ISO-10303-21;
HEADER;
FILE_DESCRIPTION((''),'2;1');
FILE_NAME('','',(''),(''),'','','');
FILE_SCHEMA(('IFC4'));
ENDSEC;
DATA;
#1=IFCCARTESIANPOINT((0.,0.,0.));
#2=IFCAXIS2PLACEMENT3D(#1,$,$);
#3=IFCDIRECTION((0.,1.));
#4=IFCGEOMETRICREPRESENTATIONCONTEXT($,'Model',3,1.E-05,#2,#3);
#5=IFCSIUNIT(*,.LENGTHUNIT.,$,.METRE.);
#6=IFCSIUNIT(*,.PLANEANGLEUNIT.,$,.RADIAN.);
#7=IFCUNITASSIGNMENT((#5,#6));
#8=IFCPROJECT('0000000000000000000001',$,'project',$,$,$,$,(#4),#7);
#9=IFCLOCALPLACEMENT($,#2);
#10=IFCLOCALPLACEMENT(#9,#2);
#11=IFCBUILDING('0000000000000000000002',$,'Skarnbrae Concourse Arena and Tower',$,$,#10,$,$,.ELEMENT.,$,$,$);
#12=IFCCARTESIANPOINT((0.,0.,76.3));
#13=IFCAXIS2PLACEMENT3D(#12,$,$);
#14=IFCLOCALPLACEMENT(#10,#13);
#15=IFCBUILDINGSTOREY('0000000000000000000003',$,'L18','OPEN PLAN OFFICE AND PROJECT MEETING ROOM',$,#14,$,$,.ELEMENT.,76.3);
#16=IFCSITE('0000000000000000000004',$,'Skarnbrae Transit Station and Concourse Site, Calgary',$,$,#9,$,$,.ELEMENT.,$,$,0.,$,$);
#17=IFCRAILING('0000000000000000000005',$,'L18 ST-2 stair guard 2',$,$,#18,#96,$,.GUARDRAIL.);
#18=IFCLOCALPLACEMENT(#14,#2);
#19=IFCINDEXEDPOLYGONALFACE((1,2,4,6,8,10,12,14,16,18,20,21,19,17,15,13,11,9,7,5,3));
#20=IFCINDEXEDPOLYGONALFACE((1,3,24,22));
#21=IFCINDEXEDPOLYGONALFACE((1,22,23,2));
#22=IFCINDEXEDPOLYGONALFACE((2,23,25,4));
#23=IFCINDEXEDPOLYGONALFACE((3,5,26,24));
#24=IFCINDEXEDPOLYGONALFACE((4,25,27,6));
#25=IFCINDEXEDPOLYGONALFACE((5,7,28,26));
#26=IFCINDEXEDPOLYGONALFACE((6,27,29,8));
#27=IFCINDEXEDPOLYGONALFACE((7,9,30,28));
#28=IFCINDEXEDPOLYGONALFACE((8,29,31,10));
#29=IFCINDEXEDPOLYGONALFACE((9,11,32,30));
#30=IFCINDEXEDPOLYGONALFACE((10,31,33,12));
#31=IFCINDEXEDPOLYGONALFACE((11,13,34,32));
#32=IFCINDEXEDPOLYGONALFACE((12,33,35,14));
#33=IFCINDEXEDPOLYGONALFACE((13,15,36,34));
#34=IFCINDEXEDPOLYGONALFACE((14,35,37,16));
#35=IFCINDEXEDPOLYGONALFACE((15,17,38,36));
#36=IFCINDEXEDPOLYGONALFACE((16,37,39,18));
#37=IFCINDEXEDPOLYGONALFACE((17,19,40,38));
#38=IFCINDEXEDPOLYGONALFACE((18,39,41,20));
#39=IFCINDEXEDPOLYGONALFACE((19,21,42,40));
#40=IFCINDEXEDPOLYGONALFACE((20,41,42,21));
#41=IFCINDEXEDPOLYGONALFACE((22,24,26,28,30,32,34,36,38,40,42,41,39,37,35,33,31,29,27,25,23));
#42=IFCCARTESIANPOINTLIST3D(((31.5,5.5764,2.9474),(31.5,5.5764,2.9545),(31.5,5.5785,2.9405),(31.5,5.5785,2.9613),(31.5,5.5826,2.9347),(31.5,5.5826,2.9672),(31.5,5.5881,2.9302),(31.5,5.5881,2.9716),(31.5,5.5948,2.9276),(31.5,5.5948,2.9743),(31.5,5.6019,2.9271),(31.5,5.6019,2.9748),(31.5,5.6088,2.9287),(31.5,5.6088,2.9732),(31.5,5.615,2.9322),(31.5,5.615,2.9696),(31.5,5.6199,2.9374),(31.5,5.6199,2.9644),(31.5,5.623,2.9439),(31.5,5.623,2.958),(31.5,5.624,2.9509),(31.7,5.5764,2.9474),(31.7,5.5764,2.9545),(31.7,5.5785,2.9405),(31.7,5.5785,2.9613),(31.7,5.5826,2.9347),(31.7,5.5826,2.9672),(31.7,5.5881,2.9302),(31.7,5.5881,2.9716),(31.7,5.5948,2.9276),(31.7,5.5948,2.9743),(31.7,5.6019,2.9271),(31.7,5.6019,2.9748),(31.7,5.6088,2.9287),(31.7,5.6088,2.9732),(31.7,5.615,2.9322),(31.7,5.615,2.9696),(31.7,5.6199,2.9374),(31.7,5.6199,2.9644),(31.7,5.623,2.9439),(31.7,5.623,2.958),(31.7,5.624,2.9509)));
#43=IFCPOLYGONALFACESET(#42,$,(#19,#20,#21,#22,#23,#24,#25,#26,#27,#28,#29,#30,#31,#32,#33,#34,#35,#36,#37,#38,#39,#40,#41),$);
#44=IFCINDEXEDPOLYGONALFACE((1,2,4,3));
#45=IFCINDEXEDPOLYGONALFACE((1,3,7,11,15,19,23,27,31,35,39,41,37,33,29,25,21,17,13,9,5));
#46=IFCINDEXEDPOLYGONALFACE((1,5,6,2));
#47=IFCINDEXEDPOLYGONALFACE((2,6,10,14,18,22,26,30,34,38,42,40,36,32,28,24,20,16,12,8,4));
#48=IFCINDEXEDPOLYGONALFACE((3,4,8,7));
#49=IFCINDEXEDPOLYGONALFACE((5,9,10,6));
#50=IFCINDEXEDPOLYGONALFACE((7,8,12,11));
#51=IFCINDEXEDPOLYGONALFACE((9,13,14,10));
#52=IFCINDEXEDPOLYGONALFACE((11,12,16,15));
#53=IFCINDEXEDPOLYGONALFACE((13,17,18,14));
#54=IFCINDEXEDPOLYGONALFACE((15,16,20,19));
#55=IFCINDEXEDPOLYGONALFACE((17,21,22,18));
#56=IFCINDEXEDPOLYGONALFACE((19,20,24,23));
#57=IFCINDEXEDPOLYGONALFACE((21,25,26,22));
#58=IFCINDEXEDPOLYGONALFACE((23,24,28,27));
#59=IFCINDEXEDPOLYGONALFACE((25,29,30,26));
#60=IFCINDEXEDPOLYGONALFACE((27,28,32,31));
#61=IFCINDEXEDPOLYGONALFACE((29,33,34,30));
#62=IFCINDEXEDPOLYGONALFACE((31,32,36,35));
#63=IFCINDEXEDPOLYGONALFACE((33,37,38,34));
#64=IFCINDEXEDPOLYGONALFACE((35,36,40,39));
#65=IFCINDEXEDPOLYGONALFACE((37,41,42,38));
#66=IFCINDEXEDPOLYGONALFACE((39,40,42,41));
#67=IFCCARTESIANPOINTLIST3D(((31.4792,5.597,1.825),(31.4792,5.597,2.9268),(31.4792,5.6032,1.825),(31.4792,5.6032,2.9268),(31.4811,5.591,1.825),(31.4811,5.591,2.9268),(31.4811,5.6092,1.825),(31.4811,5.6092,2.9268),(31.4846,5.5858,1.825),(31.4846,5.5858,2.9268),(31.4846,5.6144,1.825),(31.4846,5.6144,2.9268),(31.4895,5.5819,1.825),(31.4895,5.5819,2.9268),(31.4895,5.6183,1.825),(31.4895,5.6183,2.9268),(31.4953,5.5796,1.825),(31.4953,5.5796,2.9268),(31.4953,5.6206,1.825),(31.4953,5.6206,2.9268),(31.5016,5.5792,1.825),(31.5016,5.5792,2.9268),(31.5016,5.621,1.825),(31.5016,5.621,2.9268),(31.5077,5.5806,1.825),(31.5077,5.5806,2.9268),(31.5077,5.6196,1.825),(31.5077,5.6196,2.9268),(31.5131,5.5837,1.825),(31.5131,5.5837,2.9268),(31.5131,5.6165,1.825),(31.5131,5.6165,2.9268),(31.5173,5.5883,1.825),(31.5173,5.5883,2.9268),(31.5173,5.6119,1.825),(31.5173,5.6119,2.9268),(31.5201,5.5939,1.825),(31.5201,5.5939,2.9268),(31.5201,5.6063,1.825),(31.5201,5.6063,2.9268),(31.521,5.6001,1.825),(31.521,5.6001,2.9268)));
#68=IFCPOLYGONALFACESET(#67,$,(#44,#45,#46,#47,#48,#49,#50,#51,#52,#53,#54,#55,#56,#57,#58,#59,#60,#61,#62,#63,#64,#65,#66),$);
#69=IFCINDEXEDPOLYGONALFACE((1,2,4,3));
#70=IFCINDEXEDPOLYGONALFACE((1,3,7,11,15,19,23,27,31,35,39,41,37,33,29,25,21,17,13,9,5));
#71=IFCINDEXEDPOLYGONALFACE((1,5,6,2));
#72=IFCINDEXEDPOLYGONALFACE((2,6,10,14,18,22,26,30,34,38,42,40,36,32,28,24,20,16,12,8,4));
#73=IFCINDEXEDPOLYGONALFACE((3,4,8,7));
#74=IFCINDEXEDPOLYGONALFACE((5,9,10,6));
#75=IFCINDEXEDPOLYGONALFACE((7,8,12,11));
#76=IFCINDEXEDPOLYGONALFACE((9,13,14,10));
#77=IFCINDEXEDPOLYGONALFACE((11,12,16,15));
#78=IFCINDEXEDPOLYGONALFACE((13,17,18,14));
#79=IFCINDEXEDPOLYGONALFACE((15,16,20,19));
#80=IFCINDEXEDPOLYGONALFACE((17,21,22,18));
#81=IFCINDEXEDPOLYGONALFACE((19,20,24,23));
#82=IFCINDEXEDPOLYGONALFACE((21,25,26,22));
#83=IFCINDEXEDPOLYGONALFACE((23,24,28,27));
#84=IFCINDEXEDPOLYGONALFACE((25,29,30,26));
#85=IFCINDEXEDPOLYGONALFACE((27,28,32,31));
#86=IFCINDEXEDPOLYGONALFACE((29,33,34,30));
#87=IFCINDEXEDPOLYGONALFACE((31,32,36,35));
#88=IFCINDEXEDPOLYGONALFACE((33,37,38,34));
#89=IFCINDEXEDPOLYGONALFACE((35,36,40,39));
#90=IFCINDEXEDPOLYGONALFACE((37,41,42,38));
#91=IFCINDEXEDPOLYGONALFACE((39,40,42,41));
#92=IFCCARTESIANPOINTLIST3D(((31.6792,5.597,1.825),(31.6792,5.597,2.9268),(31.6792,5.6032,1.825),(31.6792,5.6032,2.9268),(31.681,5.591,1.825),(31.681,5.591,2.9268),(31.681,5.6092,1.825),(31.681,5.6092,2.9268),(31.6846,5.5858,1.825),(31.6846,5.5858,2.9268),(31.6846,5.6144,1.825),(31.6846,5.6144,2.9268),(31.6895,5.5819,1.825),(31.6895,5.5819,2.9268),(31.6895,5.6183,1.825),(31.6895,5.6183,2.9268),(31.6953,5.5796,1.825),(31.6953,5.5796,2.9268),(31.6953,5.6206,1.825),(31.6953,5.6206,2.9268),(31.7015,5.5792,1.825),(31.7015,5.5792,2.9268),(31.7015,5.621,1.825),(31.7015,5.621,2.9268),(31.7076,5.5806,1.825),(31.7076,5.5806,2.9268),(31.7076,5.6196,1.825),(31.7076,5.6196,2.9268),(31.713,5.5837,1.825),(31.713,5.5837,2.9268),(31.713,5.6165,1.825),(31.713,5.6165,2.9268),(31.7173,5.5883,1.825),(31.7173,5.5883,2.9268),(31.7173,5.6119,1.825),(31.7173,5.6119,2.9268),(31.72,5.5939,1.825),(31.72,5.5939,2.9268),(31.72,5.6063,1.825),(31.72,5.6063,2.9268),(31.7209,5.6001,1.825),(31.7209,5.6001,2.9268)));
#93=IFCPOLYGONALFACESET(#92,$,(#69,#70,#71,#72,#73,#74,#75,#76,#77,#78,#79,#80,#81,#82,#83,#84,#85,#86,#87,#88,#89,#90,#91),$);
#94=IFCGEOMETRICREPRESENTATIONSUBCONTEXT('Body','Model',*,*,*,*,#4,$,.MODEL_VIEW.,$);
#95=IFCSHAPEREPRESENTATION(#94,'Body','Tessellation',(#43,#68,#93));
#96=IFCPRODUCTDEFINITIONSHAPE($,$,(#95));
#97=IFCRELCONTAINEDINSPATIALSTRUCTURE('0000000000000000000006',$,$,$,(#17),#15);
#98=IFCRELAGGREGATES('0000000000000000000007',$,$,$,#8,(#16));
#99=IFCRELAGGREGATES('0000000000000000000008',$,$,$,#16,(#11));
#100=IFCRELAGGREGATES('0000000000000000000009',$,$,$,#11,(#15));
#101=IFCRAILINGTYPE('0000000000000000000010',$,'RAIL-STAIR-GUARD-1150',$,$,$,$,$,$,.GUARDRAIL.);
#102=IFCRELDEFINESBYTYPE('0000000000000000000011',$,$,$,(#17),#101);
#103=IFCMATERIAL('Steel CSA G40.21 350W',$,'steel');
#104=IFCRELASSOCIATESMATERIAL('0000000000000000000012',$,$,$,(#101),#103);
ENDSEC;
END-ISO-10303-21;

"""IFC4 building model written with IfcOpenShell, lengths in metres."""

from ifc_helpers import new_model, si_unit, direction, frame, origin, origin_2d, place, context, subcontext, project, spatial, circle, extrude, material, type_object, element, save


model = new_model("IFC4")

# Units and contexts
model_context = context("Model", 3, precision=1e-05, world=origin(), true_north=direction((0.0, 1.0)))
body_context = subcontext(model_context, "Body", "Model", "MODEL_VIEW")
ifc_project = project(units=[si_unit("LENGTHUNIT", "METRE"), si_unit("PLANEANGLEUNIT", "RADIAN")], contexts=[model_context])

# Site, building, storey
site_placement = place(None, origin())
site = spatial("IfcSite", under=ifc_project, at=site_placement, Name="Skarnbrae Transit Station and Concourse Site, Calgary", CompositionType="ELEMENT", RefElevation=0.0)
building_placement = place(site_placement, origin())
building = spatial("IfcBuilding", under=site, at=building_placement, Name="Skarnbrae Concourse Arena and Tower", CompositionType="ELEMENT")
storey_placement = place(building_placement, frame((0.0, 0.0, 76.3)))
storey = spatial("IfcBuildingStorey", under=building, at=storey_placement, Name="L18", Description="OPEN PLAN OFFICE AND PROJECT MEETING ROOM", CompositionType="ELEMENT", Elevation=76.3)

# Shared definitions
ifc_material_1 = material(Name="Steel CSA G40.21 350W", Category="steel")

# Railing
railing_type_1 = type_object("IfcRailingType", Name="RAIL-STAIR-GUARD-1150", PredefinedType="GUARDRAIL", material=ifc_material_1)
railing_1_placement = place(storey_placement, frame((31.5, 5.6001, 1.825)))
element("IfcRailing", 1, at=railing_1_placement, inside=storey, type_object=railing_type_1, Name="L18 ST-2 stair guard 2", PredefinedType="GUARDRAIL", context=body_context, shape_type="SweptSolid", body=[
    extrude(circle(Radius=0.0239, at=origin_2d()), frame((0.0, 0.0, 1.126), z_axis=(1.0, 0.0, 0.0), x_axis=(0.0, 1.0, 0.0)), (0.0, 0.0, 1.0), 0.2),
    extrude(circle(Radius=0.021, at=origin_2d()), origin(), (0.0, 0.0, 1.0), 1.1018),
    extrude(circle(Radius=0.021, at=origin_2d()), frame((0.2, 0.0, 0.0)), (0.0, 0.0, 1.0), 1.1018),
])

save(model, "model.ifc")
